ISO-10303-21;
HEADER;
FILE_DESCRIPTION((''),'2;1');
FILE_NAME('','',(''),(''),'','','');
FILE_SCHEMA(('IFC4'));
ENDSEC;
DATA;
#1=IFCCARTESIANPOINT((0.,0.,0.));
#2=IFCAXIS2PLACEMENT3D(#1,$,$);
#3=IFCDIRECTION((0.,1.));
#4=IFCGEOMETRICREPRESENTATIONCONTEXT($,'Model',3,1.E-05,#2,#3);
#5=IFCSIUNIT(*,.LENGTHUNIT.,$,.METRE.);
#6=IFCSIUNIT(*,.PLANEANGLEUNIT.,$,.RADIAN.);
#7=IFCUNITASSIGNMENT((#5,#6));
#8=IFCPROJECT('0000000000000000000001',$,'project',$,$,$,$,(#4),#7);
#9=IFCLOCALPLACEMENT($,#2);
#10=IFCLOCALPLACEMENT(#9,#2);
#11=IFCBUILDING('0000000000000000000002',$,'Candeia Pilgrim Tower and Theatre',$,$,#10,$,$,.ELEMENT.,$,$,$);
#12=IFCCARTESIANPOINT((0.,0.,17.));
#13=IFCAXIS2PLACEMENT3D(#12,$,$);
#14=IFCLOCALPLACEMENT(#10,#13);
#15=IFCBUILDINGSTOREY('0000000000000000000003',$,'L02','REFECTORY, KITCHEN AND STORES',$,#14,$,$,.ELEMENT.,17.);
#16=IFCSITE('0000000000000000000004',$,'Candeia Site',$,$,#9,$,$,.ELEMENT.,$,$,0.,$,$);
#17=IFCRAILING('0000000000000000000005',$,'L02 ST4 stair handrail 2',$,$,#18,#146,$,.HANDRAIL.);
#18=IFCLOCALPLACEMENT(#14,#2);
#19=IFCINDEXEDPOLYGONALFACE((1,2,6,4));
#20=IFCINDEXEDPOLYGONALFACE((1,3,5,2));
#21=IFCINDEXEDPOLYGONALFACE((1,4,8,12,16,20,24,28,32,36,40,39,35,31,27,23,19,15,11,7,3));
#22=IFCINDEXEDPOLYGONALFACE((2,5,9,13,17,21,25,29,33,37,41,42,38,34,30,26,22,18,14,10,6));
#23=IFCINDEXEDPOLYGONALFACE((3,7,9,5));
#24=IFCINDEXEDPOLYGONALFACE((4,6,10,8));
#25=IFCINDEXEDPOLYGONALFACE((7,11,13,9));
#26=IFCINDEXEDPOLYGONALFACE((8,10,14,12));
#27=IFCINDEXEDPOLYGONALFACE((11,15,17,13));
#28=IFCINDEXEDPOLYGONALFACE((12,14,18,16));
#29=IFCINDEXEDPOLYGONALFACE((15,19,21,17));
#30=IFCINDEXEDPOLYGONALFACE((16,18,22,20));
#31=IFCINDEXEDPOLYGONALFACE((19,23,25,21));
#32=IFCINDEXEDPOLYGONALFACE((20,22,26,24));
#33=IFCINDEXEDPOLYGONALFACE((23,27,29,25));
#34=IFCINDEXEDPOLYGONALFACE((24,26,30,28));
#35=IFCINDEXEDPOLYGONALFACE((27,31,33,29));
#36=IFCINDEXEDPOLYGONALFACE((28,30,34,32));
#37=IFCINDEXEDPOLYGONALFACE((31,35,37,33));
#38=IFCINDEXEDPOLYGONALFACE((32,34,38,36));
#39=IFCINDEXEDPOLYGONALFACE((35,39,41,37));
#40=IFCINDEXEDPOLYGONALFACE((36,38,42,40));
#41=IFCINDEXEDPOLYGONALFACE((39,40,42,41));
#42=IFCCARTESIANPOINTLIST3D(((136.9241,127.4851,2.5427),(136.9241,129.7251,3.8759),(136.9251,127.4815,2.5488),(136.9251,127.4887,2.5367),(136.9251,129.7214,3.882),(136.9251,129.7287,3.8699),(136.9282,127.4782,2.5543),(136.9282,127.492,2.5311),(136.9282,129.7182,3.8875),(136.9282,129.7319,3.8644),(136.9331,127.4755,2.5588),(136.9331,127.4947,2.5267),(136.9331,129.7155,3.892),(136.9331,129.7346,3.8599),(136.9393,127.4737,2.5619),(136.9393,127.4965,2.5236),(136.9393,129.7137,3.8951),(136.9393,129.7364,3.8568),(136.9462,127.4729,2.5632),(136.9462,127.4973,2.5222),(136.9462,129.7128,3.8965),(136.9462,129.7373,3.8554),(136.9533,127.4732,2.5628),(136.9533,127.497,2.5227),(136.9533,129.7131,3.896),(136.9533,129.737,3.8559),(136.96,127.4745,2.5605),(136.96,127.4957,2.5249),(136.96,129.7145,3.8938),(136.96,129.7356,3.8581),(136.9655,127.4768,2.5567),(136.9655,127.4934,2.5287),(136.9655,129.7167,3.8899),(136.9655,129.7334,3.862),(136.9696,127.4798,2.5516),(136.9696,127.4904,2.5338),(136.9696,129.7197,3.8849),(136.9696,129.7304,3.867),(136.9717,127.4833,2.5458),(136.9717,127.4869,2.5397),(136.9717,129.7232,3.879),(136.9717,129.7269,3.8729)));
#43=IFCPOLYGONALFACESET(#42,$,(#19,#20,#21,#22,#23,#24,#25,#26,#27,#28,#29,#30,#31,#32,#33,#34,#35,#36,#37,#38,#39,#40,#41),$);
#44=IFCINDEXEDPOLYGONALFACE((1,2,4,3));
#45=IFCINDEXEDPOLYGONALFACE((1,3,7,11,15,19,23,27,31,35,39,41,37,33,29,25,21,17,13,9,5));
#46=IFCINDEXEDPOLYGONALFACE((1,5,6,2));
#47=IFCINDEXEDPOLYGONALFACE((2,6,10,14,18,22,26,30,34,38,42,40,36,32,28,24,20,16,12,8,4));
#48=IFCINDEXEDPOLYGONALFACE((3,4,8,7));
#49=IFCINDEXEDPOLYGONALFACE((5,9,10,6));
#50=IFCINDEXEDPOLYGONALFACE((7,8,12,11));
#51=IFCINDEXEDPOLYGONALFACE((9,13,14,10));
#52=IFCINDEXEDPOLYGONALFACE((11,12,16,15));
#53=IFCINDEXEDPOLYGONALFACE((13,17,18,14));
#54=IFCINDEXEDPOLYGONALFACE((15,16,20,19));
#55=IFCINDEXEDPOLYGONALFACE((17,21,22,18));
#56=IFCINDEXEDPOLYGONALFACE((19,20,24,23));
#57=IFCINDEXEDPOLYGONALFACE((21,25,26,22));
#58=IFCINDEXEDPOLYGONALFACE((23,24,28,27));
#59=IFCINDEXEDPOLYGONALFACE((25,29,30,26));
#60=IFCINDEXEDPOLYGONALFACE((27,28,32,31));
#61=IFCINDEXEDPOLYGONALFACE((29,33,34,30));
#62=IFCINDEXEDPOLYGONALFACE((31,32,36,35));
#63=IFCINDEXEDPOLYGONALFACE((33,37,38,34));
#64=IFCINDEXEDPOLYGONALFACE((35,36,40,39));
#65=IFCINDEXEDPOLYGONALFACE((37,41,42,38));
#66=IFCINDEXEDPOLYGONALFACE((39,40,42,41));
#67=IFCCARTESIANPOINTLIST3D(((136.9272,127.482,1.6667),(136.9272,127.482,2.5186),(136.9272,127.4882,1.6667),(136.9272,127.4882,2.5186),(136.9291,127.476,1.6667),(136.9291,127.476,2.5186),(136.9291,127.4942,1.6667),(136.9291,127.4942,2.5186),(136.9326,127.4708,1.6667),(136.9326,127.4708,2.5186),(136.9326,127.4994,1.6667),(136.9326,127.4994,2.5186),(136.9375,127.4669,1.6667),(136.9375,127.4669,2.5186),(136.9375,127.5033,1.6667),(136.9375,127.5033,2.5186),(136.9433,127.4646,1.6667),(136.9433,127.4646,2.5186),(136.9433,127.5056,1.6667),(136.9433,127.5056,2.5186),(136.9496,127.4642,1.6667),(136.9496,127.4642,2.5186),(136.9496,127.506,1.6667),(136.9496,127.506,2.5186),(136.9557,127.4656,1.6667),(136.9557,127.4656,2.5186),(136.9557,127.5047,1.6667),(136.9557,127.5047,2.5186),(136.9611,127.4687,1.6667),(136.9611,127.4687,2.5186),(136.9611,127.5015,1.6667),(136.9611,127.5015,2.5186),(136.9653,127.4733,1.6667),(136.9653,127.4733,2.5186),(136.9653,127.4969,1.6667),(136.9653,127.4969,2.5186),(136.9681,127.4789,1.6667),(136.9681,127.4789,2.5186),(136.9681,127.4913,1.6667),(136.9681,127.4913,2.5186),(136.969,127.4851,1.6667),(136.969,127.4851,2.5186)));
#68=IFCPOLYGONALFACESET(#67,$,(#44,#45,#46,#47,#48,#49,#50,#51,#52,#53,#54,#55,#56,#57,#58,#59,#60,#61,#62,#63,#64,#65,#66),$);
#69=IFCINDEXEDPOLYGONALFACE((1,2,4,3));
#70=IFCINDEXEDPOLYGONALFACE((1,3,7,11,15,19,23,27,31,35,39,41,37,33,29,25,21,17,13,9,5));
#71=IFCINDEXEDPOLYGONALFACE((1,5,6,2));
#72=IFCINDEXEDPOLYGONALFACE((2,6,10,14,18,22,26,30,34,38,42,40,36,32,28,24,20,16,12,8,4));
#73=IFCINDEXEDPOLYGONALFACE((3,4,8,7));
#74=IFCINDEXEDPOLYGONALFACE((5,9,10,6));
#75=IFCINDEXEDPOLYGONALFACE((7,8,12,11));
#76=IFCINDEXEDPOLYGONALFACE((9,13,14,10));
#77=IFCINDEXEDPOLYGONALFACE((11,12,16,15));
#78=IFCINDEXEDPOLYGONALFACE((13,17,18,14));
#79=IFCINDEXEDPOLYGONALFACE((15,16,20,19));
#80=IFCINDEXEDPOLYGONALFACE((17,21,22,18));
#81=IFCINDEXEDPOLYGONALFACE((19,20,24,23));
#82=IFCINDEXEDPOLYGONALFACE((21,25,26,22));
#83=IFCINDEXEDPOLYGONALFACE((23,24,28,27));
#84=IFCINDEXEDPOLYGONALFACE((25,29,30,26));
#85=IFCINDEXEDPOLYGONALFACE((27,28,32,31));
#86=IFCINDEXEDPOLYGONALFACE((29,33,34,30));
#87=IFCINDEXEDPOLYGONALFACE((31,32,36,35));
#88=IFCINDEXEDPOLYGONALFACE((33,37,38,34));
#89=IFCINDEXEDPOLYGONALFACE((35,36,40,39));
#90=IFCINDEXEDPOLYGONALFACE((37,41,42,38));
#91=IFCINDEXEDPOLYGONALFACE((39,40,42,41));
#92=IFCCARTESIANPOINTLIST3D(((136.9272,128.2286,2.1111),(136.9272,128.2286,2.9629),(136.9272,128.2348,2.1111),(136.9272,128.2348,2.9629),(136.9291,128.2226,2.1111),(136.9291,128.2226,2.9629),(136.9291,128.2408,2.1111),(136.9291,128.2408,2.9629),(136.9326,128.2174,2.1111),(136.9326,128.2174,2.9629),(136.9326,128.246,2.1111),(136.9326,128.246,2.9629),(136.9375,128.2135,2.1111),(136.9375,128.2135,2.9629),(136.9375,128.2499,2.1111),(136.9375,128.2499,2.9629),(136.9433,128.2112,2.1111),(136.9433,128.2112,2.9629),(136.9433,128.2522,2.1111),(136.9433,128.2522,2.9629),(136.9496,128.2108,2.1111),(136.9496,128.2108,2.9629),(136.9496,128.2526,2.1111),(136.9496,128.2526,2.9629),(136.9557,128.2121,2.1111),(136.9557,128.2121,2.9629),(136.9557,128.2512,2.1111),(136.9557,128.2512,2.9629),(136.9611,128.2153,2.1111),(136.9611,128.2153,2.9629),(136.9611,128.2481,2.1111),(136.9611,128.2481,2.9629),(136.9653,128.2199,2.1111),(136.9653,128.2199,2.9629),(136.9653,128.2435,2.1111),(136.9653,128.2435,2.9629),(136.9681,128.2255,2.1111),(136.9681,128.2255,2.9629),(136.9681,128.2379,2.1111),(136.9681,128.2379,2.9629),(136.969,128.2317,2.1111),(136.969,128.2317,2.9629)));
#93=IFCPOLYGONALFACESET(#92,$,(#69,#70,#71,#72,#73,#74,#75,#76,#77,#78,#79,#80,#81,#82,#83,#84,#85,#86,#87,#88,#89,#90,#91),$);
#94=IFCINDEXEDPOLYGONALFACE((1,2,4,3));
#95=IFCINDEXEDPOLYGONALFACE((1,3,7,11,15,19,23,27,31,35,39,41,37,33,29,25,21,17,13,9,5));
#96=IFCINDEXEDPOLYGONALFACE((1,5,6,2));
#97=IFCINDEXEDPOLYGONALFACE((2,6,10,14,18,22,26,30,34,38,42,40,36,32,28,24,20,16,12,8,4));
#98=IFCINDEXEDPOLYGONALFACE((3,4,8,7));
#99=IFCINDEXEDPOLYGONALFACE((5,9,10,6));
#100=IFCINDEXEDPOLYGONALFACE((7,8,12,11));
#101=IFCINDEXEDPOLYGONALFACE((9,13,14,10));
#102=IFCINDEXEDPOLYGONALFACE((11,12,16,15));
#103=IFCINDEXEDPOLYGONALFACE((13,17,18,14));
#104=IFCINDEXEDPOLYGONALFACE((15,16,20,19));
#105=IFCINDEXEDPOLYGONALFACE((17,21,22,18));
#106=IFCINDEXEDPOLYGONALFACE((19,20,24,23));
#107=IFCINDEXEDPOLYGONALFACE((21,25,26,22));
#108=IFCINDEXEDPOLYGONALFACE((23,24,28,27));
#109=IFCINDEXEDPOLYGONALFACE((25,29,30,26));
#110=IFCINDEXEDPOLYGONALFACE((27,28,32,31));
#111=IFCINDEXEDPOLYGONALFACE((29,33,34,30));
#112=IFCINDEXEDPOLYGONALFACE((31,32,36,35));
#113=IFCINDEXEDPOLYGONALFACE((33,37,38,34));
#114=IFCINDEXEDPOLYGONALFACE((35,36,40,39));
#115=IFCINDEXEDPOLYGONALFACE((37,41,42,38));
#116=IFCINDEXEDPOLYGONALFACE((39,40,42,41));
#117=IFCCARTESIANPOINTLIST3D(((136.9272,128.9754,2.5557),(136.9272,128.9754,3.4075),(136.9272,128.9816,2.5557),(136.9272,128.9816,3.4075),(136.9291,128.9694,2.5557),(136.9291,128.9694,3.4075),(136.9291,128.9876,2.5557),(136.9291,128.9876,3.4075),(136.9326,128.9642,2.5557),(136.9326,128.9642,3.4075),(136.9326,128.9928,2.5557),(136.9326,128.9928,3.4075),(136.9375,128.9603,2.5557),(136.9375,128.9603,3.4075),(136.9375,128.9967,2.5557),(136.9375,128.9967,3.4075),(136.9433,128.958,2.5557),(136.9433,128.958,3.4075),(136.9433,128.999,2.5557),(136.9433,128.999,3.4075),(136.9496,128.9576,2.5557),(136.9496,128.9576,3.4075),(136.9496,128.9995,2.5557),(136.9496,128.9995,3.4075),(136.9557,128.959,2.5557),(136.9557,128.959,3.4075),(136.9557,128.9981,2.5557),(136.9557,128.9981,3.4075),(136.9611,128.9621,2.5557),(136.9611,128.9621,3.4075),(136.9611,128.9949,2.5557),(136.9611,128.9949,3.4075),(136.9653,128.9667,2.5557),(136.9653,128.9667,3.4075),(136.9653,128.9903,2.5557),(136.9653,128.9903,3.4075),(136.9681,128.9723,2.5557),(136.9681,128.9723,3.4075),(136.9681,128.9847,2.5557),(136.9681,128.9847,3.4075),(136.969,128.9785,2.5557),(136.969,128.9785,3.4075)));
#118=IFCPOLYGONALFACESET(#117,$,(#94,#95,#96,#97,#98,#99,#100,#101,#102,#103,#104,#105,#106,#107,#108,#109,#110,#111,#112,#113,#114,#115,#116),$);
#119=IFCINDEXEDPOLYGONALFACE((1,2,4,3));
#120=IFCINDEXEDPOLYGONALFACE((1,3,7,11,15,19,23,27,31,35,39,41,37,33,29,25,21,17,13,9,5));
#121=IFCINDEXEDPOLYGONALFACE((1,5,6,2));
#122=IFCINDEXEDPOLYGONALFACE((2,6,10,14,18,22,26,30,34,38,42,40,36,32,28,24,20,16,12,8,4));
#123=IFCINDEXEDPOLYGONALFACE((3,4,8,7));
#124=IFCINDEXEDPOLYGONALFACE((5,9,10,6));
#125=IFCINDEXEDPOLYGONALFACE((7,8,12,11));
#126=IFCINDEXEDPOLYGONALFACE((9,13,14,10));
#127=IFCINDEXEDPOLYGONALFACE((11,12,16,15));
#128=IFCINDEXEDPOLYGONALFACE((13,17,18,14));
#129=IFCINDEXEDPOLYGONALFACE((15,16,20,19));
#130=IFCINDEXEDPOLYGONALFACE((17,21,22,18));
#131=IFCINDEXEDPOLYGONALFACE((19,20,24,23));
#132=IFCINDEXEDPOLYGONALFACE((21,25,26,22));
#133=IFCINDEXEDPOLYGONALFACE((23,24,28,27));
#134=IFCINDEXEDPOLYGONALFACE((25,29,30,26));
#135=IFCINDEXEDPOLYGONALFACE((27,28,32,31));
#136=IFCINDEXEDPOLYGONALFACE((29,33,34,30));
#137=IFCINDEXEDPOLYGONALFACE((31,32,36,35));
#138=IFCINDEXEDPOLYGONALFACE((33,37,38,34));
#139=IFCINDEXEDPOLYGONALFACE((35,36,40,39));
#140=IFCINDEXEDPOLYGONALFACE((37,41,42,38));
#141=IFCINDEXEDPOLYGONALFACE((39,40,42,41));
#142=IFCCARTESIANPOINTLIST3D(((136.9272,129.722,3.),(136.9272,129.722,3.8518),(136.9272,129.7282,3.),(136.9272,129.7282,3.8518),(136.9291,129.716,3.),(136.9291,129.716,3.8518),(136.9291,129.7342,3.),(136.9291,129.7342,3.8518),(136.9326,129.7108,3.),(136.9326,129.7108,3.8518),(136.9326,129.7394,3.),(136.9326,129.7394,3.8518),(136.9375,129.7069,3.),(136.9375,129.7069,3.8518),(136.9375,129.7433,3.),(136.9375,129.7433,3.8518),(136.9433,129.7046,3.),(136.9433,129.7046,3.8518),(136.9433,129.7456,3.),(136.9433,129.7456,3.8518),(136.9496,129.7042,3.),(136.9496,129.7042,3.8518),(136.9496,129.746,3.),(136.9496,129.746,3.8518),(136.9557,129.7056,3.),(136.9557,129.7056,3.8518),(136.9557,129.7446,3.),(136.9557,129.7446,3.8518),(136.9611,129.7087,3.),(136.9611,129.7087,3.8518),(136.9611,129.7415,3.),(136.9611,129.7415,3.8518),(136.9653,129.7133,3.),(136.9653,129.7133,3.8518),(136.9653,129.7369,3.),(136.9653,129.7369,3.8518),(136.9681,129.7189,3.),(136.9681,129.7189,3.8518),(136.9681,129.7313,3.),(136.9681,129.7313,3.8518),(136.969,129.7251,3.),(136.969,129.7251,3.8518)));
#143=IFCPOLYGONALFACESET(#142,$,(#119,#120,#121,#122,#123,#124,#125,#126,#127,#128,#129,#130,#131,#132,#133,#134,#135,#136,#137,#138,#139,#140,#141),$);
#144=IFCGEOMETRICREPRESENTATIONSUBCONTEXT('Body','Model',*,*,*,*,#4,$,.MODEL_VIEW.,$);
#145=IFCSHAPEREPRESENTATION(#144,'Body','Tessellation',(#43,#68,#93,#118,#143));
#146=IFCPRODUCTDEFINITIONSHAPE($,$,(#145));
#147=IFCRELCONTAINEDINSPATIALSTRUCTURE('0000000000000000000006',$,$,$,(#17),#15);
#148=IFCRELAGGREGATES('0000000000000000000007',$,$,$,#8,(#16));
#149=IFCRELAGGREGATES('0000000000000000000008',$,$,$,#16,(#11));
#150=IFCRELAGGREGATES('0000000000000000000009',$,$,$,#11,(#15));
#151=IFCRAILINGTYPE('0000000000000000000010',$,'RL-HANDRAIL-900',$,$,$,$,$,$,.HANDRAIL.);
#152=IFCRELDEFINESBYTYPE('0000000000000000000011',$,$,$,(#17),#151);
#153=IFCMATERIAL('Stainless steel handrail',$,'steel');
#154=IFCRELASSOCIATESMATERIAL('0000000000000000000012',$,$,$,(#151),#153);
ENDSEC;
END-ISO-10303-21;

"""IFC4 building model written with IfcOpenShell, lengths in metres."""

from ifc_helpers import new_model, si_unit, direction, frame, origin, origin_2d, place, context, subcontext, project, spatial, circle, extrude, material, type_object, element, save


model = new_model("IFC4")

# Units and contexts
model_context = context("Model", 3, precision=1e-05, world=origin(), true_north=direction((0.0, 1.0)))
body_context = subcontext(model_context, "Body", "Model", "MODEL_VIEW")
ifc_project = project(units=[si_unit("LENGTHUNIT", "METRE"), si_unit("PLANEANGLEUNIT", "RADIAN")], contexts=[model_context])

# Site, building, storey
site_placement = place(None, origin())
site = spatial("IfcSite", under=ifc_project, at=site_placement, Name="Candeia Site", CompositionType="ELEMENT", RefElevation=0.0)
building_placement = place(site_placement, origin())
building = spatial("IfcBuilding", under=site, at=building_placement, Name="Candeia Pilgrim Tower and Theatre", CompositionType="ELEMENT")
storey_placement = place(building_placement, frame((0.0, 0.0, 17.0)))
storey = spatial("IfcBuildingStorey", under=building, at=storey_placement, Name="L02", Description="REFECTORY, KITCHEN AND STORES", CompositionType="ELEMENT", Elevation=17.0)

# Railing
ifc_material_1 = material(Name="Stainless steel handrail", Category="steel")
railing_type_1 = type_object("IfcRailingType", Name="RL-HANDRAIL-900", PredefinedType="HANDRAIL", material=ifc_material_1)
for number, where, name in (
    (1, (136.948, 127.4851, 1.6667), "L02 ST4 stair handrail 2"),
):
    element("IfcRailing", number, at=place(storey_placement, frame(where)), inside=storey, type_object=railing_type_1, Name=name, PredefinedType="HANDRAIL", context=body_context, shape_type="SweptSolid", body=[
        extrude(circle(Radius=0.0239, at=origin_2d()), frame((0.0, 0.0, 0.876), z_axis=(0.0, 0.859306, 0.511462), x_axis=(-1.0, 0.0, 0.0)), (0.0, 0.0, 1.0), 2.6067),
        extrude(circle(Radius=0.021, at=origin_2d()), origin(), (0.0, 0.0, 1.0), 0.8518),
        extrude(circle(Radius=0.021, at=origin_2d()), frame((0.0, 0.7466, 0.4443)), (0.0, 0.0, 1.0), 0.8518),
        extrude(circle(Radius=0.021, at=origin_2d()), frame((0.0, 1.4934, 0.8889)), (0.0, 0.0, 1.0), 0.8518),
        extrude(circle(Radius=0.021, at=origin_2d()), frame((0.0, 2.24, 1.3333)), (0.0, 0.0, 1.0), 0.8518),
    ])

save(model, "model.ifc")
